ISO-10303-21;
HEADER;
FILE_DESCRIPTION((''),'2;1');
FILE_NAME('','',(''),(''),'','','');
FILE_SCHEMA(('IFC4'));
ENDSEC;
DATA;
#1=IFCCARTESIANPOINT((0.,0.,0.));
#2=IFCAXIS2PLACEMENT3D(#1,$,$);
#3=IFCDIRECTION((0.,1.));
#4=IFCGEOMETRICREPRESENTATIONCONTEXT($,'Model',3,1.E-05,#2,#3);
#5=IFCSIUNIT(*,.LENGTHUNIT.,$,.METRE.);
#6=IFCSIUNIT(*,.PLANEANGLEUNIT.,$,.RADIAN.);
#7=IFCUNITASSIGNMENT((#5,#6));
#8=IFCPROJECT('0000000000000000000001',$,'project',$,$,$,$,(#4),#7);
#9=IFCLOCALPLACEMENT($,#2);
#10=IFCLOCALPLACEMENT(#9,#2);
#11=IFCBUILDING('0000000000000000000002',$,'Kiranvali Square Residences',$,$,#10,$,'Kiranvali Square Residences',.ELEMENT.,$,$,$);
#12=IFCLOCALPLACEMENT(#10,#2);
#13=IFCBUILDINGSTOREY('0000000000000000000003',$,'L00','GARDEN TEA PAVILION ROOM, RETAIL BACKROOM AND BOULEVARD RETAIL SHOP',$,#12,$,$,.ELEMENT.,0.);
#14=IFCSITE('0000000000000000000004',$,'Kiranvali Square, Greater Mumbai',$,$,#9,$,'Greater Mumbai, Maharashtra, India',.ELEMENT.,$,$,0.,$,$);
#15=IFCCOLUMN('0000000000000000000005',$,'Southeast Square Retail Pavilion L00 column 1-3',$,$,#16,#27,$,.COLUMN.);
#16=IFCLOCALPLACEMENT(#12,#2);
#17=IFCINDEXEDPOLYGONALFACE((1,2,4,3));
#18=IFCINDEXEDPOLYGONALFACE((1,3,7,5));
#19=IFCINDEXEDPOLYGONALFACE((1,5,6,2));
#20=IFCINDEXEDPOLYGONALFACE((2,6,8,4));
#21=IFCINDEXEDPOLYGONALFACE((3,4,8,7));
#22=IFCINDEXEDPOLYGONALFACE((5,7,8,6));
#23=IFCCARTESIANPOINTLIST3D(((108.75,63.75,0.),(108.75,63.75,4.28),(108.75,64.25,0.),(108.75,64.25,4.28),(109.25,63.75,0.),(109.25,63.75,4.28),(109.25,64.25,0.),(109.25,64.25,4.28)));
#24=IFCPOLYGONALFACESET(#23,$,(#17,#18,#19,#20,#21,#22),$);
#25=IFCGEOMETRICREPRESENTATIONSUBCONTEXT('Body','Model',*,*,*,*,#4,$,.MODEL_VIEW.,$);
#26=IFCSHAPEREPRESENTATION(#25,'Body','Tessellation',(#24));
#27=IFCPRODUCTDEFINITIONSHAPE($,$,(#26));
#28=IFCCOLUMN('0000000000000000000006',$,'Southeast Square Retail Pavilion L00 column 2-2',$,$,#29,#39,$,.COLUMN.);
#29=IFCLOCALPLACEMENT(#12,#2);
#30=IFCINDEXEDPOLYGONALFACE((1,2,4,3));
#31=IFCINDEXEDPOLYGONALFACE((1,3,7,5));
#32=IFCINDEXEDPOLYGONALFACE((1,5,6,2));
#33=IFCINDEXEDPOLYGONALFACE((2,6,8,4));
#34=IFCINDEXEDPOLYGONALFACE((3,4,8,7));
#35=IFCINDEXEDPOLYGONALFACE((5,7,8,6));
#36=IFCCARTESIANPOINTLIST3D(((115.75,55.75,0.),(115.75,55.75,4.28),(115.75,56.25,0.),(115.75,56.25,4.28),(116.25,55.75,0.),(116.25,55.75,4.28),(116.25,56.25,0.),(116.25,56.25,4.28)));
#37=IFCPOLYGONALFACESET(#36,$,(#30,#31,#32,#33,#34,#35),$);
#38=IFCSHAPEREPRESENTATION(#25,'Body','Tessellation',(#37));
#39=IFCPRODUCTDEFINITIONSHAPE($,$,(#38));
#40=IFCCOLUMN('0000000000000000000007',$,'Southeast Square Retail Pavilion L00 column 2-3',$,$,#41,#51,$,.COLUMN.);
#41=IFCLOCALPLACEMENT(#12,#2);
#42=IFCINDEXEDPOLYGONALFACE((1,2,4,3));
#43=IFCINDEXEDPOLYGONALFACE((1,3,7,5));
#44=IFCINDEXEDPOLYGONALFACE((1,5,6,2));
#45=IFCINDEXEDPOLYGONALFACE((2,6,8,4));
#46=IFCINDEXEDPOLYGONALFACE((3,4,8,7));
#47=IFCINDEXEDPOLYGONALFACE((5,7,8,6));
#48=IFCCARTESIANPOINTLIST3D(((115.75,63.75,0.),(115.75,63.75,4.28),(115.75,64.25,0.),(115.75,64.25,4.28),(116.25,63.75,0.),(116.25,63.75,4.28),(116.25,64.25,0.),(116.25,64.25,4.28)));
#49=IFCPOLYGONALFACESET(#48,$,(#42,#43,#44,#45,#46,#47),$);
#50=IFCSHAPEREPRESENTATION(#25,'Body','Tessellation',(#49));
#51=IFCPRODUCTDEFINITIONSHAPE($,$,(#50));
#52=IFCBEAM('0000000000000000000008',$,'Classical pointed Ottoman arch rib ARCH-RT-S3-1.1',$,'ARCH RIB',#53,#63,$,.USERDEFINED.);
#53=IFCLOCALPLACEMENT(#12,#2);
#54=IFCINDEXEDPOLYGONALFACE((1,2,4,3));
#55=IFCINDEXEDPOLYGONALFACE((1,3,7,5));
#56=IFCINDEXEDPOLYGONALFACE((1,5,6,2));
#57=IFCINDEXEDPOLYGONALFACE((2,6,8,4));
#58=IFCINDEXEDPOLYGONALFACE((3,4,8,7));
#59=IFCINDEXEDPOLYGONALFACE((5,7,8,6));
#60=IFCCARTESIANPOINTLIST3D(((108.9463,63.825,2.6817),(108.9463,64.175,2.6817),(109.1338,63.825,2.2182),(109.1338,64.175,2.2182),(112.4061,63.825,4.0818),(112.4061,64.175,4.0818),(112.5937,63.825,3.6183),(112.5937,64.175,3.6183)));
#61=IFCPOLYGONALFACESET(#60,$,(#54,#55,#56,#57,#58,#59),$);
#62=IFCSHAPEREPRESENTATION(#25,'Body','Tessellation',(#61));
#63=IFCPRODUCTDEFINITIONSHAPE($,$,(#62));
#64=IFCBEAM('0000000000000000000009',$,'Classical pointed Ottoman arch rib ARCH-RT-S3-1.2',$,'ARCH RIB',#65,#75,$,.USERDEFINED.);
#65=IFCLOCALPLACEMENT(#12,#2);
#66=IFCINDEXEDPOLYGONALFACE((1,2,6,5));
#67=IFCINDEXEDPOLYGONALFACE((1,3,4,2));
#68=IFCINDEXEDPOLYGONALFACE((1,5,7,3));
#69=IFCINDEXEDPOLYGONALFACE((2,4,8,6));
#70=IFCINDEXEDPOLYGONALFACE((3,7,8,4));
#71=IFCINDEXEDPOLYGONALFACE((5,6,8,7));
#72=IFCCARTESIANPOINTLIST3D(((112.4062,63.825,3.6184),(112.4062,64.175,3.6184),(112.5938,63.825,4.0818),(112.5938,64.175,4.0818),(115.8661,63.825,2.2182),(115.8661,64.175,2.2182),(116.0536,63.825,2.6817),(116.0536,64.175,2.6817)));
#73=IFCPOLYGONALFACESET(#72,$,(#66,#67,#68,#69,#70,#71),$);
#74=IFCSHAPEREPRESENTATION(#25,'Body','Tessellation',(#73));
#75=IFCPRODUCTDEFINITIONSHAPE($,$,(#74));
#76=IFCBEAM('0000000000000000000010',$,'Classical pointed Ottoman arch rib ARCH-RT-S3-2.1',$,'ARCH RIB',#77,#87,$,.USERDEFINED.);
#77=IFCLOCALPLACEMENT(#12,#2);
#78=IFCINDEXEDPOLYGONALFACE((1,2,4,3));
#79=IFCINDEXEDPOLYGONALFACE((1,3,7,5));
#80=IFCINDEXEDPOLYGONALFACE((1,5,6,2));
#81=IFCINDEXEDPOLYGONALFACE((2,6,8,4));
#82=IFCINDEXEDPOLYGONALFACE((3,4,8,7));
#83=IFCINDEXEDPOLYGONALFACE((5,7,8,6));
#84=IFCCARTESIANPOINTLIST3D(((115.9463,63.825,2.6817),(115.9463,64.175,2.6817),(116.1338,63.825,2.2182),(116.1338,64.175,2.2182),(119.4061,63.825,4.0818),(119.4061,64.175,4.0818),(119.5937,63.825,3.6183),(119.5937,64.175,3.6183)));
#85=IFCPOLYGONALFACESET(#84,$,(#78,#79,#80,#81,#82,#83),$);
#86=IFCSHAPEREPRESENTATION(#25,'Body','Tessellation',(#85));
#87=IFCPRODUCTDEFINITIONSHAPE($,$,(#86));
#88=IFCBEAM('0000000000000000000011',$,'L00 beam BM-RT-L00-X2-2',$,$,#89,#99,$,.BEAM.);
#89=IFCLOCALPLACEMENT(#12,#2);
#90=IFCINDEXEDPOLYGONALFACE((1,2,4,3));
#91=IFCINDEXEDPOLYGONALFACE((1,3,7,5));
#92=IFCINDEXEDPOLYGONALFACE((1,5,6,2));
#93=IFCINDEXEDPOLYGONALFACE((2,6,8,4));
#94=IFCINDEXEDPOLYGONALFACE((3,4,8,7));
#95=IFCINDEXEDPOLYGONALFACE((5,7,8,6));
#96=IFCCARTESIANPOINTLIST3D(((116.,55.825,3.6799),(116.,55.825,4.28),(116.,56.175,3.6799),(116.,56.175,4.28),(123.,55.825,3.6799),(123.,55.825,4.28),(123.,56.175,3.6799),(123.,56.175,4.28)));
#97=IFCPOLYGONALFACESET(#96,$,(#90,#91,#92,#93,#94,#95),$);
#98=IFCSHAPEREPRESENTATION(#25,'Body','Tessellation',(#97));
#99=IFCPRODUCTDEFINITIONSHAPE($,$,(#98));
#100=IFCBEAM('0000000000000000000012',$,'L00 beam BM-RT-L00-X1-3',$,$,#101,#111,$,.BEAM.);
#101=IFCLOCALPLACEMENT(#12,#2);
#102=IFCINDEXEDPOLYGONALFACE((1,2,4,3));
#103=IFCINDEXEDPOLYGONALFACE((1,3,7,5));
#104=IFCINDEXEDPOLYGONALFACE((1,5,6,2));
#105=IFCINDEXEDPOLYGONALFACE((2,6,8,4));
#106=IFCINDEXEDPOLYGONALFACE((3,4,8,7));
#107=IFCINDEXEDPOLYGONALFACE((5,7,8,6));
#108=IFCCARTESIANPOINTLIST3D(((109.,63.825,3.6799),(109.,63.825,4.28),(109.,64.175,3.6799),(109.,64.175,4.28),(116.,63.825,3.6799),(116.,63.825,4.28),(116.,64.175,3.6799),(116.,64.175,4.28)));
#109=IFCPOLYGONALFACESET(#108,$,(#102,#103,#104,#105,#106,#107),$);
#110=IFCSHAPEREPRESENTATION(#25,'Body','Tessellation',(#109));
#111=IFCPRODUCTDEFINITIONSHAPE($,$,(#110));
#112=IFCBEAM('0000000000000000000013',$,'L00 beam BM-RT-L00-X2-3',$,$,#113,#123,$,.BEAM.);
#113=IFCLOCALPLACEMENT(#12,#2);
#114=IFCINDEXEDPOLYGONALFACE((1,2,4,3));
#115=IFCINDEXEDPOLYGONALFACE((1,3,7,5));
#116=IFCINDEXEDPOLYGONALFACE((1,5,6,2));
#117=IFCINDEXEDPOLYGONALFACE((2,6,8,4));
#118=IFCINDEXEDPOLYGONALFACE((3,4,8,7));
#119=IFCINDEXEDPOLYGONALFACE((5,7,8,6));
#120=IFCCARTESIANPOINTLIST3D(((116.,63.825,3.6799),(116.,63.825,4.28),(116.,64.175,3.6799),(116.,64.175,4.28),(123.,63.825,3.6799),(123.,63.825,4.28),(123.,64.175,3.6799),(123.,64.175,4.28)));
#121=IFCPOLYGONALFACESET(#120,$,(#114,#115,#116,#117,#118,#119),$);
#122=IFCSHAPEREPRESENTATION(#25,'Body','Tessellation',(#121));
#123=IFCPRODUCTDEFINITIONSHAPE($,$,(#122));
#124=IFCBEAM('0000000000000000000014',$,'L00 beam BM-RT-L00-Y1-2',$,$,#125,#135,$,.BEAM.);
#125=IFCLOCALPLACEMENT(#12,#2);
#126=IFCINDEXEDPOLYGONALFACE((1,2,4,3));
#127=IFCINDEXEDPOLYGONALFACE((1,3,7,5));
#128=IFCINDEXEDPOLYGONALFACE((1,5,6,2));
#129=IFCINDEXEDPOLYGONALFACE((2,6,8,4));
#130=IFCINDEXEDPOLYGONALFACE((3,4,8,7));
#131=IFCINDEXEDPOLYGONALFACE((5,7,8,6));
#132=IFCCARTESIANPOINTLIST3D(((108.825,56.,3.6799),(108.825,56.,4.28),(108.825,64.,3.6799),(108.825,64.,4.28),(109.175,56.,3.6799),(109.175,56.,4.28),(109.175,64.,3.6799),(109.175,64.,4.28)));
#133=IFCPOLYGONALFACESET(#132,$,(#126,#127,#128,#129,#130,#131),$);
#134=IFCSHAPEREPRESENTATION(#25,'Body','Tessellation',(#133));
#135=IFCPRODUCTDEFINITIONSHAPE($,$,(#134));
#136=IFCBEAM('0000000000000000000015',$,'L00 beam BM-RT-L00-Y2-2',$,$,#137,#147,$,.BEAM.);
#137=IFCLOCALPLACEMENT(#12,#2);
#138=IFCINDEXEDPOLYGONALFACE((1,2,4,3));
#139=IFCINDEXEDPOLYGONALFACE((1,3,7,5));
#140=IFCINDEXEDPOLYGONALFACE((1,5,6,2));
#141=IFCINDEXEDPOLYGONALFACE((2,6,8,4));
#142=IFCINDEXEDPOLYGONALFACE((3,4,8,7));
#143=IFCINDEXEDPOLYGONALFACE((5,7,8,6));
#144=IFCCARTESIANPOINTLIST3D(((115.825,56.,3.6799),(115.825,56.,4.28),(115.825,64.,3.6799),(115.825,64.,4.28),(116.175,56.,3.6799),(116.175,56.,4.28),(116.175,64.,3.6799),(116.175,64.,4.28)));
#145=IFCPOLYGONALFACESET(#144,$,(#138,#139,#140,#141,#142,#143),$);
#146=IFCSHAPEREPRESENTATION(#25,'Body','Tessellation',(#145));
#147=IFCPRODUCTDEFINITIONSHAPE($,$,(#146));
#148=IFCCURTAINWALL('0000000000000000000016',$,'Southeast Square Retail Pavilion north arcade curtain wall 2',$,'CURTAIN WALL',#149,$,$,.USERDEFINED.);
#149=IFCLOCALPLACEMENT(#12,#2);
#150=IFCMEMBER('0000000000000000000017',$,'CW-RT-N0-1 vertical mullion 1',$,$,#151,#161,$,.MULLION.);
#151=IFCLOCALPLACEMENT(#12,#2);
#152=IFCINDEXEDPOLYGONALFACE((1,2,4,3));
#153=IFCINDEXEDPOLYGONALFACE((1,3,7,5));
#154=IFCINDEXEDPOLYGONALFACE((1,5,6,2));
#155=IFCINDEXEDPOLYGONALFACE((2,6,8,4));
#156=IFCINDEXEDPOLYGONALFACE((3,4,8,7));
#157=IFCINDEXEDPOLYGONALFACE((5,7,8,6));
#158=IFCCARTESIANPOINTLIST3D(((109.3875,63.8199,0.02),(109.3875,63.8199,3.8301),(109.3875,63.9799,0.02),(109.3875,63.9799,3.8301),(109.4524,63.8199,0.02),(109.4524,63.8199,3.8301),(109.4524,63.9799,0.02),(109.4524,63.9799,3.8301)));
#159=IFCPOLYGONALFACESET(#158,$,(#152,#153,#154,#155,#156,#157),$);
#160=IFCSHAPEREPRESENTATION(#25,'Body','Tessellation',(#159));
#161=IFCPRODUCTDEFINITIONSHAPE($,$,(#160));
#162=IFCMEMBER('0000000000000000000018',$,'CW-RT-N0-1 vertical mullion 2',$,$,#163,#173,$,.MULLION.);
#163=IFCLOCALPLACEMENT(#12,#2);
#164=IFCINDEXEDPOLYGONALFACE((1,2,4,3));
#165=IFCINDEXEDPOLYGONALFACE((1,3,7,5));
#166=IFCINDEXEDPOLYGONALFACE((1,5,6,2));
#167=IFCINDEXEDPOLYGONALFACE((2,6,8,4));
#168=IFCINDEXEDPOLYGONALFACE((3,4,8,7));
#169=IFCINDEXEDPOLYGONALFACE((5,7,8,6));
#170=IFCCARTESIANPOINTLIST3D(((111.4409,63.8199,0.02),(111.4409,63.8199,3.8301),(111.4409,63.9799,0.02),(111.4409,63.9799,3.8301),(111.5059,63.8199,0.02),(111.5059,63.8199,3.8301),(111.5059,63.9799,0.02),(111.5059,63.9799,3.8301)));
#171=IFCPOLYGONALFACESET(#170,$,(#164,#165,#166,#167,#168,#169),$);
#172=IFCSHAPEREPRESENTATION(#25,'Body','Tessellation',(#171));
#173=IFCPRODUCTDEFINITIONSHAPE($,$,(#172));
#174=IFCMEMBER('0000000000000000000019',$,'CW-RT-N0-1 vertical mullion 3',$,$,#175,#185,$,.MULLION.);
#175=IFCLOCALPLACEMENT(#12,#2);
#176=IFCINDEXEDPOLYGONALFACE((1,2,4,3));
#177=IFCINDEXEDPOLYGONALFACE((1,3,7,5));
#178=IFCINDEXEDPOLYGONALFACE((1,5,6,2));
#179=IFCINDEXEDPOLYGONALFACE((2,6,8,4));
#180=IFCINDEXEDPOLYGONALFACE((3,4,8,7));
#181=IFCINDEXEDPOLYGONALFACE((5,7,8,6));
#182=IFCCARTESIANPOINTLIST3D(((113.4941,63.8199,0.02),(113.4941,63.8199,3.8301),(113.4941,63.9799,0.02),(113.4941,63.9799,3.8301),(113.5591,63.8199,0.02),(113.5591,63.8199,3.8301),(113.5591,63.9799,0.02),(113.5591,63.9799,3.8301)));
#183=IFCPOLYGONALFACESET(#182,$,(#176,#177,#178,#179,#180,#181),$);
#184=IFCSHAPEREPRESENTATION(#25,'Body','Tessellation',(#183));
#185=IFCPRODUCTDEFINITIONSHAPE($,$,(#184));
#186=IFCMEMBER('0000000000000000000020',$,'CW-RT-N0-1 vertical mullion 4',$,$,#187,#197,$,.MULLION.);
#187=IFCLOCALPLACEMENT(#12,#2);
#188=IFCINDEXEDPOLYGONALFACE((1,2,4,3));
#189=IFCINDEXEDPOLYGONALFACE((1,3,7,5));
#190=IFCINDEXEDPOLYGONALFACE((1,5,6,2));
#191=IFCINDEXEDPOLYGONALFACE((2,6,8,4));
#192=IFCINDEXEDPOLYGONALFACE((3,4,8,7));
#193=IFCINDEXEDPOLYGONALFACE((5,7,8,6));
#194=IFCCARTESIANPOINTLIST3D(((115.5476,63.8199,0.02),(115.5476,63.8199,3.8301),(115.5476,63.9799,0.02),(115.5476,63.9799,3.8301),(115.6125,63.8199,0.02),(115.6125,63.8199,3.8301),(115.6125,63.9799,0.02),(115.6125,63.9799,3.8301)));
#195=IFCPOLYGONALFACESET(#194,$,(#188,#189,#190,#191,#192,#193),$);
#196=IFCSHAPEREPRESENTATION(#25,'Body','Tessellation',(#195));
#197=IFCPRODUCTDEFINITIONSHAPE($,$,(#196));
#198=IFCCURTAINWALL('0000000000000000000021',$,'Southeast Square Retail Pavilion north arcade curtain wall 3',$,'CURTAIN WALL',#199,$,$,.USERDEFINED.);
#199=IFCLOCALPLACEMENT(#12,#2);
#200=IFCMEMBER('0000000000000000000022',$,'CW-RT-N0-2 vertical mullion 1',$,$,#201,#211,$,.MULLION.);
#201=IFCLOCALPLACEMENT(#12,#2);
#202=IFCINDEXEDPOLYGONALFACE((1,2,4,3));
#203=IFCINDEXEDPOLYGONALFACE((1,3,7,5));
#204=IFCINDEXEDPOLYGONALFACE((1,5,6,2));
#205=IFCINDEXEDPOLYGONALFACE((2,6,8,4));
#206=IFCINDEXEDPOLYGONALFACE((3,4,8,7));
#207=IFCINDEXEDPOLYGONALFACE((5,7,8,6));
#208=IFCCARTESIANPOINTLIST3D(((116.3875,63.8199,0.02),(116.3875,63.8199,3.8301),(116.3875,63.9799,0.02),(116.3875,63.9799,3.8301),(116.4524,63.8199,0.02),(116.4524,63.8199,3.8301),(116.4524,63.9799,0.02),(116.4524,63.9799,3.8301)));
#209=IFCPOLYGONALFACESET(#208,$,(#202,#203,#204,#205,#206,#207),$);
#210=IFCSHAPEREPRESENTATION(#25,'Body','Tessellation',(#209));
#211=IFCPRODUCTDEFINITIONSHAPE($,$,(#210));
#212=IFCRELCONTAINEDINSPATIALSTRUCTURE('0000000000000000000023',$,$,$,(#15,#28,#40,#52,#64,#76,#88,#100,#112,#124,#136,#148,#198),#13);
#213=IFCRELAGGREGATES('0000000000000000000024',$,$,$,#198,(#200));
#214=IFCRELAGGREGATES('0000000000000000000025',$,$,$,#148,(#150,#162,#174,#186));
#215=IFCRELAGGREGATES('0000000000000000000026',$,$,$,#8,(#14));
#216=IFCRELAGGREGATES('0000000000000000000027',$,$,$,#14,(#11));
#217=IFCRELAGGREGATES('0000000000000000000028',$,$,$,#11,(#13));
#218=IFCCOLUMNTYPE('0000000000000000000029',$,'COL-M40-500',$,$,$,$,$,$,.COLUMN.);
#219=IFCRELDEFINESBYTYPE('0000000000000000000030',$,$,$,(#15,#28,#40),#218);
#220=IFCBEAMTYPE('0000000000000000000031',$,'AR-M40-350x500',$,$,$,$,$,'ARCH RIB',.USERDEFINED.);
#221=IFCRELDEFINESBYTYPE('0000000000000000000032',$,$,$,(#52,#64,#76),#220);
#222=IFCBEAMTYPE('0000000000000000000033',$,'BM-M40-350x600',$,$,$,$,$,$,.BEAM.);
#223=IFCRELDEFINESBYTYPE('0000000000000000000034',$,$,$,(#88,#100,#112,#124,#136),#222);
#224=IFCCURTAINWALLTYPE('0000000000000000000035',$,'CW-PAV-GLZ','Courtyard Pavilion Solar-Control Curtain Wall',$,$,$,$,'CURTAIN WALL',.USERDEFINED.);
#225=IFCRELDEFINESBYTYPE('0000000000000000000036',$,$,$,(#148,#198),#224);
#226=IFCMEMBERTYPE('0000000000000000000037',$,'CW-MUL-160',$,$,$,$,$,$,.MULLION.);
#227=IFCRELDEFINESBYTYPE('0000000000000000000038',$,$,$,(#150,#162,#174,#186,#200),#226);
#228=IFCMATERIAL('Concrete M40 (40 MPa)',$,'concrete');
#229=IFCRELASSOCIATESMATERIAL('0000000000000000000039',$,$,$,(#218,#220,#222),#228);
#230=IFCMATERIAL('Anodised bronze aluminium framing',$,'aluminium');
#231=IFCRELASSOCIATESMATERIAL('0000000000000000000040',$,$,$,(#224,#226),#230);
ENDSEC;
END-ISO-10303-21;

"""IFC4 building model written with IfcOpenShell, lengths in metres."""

from ifc_helpers import new_model, si_unit, direction, frame, origin, origin_2d, place, context, subcontext, project, spatial, rectangle, extrude, material, material_profile, profile_set, type_object, element, aggregate, save


model = new_model("IFC4")

# Units and contexts
model_context = context("Model", 3, precision=1e-05, world=origin(), true_north=direction((0.0, 1.0)))
body_context = subcontext(model_context, "Body", "Model", "MODEL_VIEW")
ifc_project = project(units=[si_unit("LENGTHUNIT", "METRE"), si_unit("PLANEANGLEUNIT", "RADIAN")], contexts=[model_context])

# Site, building, storey
site_placement = place(None, origin())
site = spatial("IfcSite", under=ifc_project, at=site_placement, Name="Kiranvali Square, Greater Mumbai", LongName="Greater Mumbai, Maharashtra, India", CompositionType="ELEMENT", RefElevation=0.0)
building_placement = place(site_placement, origin())
building = spatial("IfcBuilding", under=site, at=building_placement, Name="Kiranvali Square Residences", LongName="Kiranvali Square Residences", CompositionType="ELEMENT")
storey_placement = place(building_placement, origin())
storey = spatial("IfcBuildingStorey", under=building, at=storey_placement, Name="L00", Description="GARDEN TEA PAVILION ROOM, RETAIL BACKROOM AND BOULEVARD RETAIL SHOP", CompositionType="ELEMENT", Elevation=0.0)

# Columns
ifc_material_1 = material(Name="Concrete M40 (40 MPa)", Category="concrete")
ifc_material_profile_1 = material_profile(ifc_material_1, rectangle(XDim=0.5, YDim=0.5, at=origin_2d()), Name="RC 500x500")
ifc_profile_set_1 = profile_set([ifc_material_profile_1], Name="Concrete M40 (40 MPa)")
column_type = type_object("IfcColumnType", Name="COL-M40-500", PredefinedType="COLUMN", material=ifc_profile_set_1)
for number, where, z_axis, x_axis, name in (
    (1, (109.0, 64.0, 0.0), (0.0, 0.0, 1.0), (1.0, 0.0, 0.0), "Southeast Square Retail Pavilion L00 column 1-3"),
    (2, (116.0, 56.0, 0.0), (0.0, 0.0, 1.0), (1.0, 0.0, 0.0), "Southeast Square Retail Pavilion L00 column 2-2"),
    (3, (116.0, 64.0, 0.0), (0.0, 0.0, 1.0), (1.0, 0.0, 0.0), "Southeast Square Retail Pavilion L00 column 2-3"),
):
    element("IfcColumn", number, at=place(storey_placement, frame(where, z_axis=z_axis, x_axis=x_axis)), inside=storey, type_object=column_type, Name=name, PredefinedType="COLUMN", context=body_context, shape_type="SweptSolid", body=[
        extrude(rectangle(XDim=0.5, YDim=0.5, at=origin_2d()), origin(), (0.0, 0.0, 1.0), 4.28),
    ])

# Beams
ifc_material_profile_2 = material_profile(ifc_material_1, rectangle(XDim=0.3501, YDim=0.5, at=origin_2d()), Name="RC 350x500")
ifc_profile_set_2 = profile_set([ifc_material_profile_2], Name="Concrete M40 (40 MPa)")
beam_type_1 = type_object("IfcBeamType", Name="AR-M40-350x500", ElementType="ARCH RIB", PredefinedType="USERDEFINED", material=ifc_profile_set_2)
for number, where, z_axis, x_axis, name in (
    (4, (109.04, 64.0, 2.45), (0.926976, 0.0, 0.37512), (0.0, 1.0, 0.0), "Classical pointed Ottoman arch rib ARCH-RT-S3-1.1"),
    (5, (112.5, 64.0, 3.8501), (0.926976, 0.0, -0.37512), (0.0, 1.0, 0.0), "Classical pointed Ottoman arch rib ARCH-RT-S3-1.2"),
    (6, (116.04, 64.0, 2.45), (0.926976, 0.0, 0.37512), (0.0, 1.0, 0.0), "Classical pointed Ottoman arch rib ARCH-RT-S3-2.1"),
):
    element("IfcBeam", number, at=place(storey_placement, frame(where, z_axis=z_axis, x_axis=x_axis)), inside=storey, type_object=beam_type_1, Name=name, ObjectType="ARCH RIB", PredefinedType="USERDEFINED", context=body_context, shape_type="SweptSolid", body=[
        extrude(rectangle(XDim=0.3501, YDim=0.5, at=origin_2d()), origin(), (0.0, 0.0, 1.0), 3.7324),
    ])
ifc_material_profile_3 = material_profile(ifc_material_1, rectangle(XDim=0.3501, YDim=0.6001, at=origin_2d()), Name="RC 350x600")
ifc_profile_set_3 = profile_set([ifc_material_profile_3], Name="Concrete M40 (40 MPa)")
beam_type_2 = type_object("IfcBeamType", Name="BM-M40-350x600", PredefinedType="BEAM", material=ifc_profile_set_3)
for number, where, z_axis, x_axis, name in (
    (7, (116.0, 56.0, 3.98), (1.0, 0.0, 0.0), (0.0, 1.0, 0.0), "L00 beam BM-RT-L00-X2-2"),
    (8, (109.0, 64.0, 3.98), (1.0, 0.0, 0.0), (0.0, 1.0, 0.0), "L00 beam BM-RT-L00-X1-3"),
    (9, (116.0, 64.0, 3.98), (1.0, 0.0, 0.0), (0.0, 1.0, 0.0), "L00 beam BM-RT-L00-X2-3"),
):
    element("IfcBeam", number, at=place(storey_placement, frame(where, z_axis=z_axis, x_axis=x_axis)), inside=storey, type_object=beam_type_2, Name=name, PredefinedType="BEAM", context=body_context, shape_type="SweptSolid", body=[
        extrude(rectangle(XDim=0.3501, YDim=0.6001, at=origin_2d()), origin(), (0.0, 0.0, 1.0), 7.0),
    ])
for number, where, z_axis, x_axis, name in (
    (10, (109.0, 56.0, 3.98), (0.0, 1.0, 0.0), (-1.0, 0.0, 0.0), "L00 beam BM-RT-L00-Y1-2"),
    (11, (116.0, 56.0, 3.98), (0.0, 1.0, 0.0), (-1.0, 0.0, 0.0), "L00 beam BM-RT-L00-Y2-2"),
):
    element("IfcBeam", number, at=place(storey_placement, frame(where, z_axis=z_axis, x_axis=x_axis)), inside=storey, type_object=beam_type_2, Name=name, PredefinedType="BEAM", context=body_context, shape_type="SweptSolid", body=[
        extrude(rectangle(XDim=0.3501, YDim=0.6001, at=origin_2d()), origin(), (0.0, 0.0, 1.0), 8.0),
    ])

# Curtain wall, members
ifc_material_2 = material(Name="Anodised bronze aluminium framing", Category="aluminium")
curtain_wall_type = type_object("IfcCurtainWallType", Name="CW-PAV-GLZ", Description="Courtyard Pavilion Solar-Control Curtain Wall", ElementType="CURTAIN WALL", PredefinedType="USERDEFINED", material=ifc_material_2)
curtain_wall_1_placement = place(storey_placement, origin())
curtain_wall_1 = element("IfcCurtainWall", 12, at=curtain_wall_1_placement, inside=storey, type_object=curtain_wall_type, Name="Southeast Square Retail Pavilion north arcade curtain wall 2", ObjectType="CURTAIN WALL", PredefinedType="USERDEFINED")
ifc_material_profile_4 = material_profile(ifc_material_2, rectangle(XDim=0.0649, YDim=0.1599, at=origin_2d()), Name="ALU 65x160")
ifc_profile_set_4 = profile_set([ifc_material_profile_4], Name="Anodised bronze aluminium framing")
member_type_1 = type_object("IfcMemberType", Name="CW-MUL-160", PredefinedType="MULLION", material=ifc_profile_set_4)
member_1_placement = place(storey_placement, frame((109.4199, 63.8999, 0.02), z_axis=(0.0, 0.0, 1.0), x_axis=(1.0, 0.0, 0.0)))
member_1 = element("IfcMember", 13, at=member_1_placement, type_object=member_type_1, Name="CW-RT-N0-1 vertical mullion 1", PredefinedType="MULLION", context=body_context, shape_type="SweptSolid", body=[
    extrude(rectangle(XDim=0.0649, YDim=0.1599, at=origin_2d()), origin(), (0.0, 0.0, 1.0), 3.8101),
])
member_2_placement = place(storey_placement, frame((111.4734, 63.8999, 0.02), z_axis=(0.0, 0.0, 1.0), x_axis=(1.0, 0.0, 0.0)))
member_2 = element("IfcMember", 14, at=member_2_placement, type_object=member_type_1, Name="CW-RT-N0-1 vertical mullion 2", PredefinedType="MULLION", context=body_context, shape_type="SweptSolid", body=[
    extrude(rectangle(XDim=0.0649, YDim=0.1599, at=origin_2d()), origin(), (0.0, 0.0, 1.0), 3.8101),
])
member_3_placement = place(storey_placement, frame((113.5266, 63.8999, 0.02), z_axis=(0.0, 0.0, 1.0), x_axis=(1.0, 0.0, 0.0)))
member_3 = element("IfcMember", 15, at=member_3_placement, type_object=member_type_1, Name="CW-RT-N0-1 vertical mullion 3", PredefinedType="MULLION", context=body_context, shape_type="SweptSolid", body=[
    extrude(rectangle(XDim=0.0649, YDim=0.1599, at=origin_2d()), origin(), (0.0, 0.0, 1.0), 3.8101),
])
member_4_placement = place(storey_placement, frame((115.5801, 63.8999, 0.02), z_axis=(0.0, 0.0, 1.0), x_axis=(1.0, 0.0, 0.0)))
member_4 = element("IfcMember", 16, at=member_4_placement, type_object=member_type_1, Name="CW-RT-N0-1 vertical mullion 4", PredefinedType="MULLION", context=body_context, shape_type="SweptSolid", body=[
    extrude(rectangle(XDim=0.0649, YDim=0.1599, at=origin_2d()), origin(), (0.0, 0.0, 1.0), 3.8101),
])

# Curtain wall, member
curtain_wall_2_placement = place(storey_placement, origin())
curtain_wall_2 = element("IfcCurtainWall", 17, at=curtain_wall_2_placement, inside=storey, type_object=curtain_wall_type, Name="Southeast Square Retail Pavilion north arcade curtain wall 3", ObjectType="CURTAIN WALL", PredefinedType="USERDEFINED")
member_5_placement = place(storey_placement, frame((116.4199, 63.8999, 0.02), z_axis=(0.0, 0.0, 1.0), x_axis=(1.0, 0.0, 0.0)))
member_5 = element("IfcMember", 18, at=member_5_placement, type_object=member_type_1, Name="CW-RT-N0-2 vertical mullion 1", PredefinedType="MULLION", context=body_context, shape_type="SweptSolid", body=[
    extrude(rectangle(XDim=0.0649, YDim=0.1599, at=origin_2d()), origin(), (0.0, 0.0, 1.0), 3.8101),
])

aggregate(curtain_wall_2, [member_5])

aggregate(curtain_wall_1, [member_1, member_2, member_3, member_4])

save(model, "model.ifc")
